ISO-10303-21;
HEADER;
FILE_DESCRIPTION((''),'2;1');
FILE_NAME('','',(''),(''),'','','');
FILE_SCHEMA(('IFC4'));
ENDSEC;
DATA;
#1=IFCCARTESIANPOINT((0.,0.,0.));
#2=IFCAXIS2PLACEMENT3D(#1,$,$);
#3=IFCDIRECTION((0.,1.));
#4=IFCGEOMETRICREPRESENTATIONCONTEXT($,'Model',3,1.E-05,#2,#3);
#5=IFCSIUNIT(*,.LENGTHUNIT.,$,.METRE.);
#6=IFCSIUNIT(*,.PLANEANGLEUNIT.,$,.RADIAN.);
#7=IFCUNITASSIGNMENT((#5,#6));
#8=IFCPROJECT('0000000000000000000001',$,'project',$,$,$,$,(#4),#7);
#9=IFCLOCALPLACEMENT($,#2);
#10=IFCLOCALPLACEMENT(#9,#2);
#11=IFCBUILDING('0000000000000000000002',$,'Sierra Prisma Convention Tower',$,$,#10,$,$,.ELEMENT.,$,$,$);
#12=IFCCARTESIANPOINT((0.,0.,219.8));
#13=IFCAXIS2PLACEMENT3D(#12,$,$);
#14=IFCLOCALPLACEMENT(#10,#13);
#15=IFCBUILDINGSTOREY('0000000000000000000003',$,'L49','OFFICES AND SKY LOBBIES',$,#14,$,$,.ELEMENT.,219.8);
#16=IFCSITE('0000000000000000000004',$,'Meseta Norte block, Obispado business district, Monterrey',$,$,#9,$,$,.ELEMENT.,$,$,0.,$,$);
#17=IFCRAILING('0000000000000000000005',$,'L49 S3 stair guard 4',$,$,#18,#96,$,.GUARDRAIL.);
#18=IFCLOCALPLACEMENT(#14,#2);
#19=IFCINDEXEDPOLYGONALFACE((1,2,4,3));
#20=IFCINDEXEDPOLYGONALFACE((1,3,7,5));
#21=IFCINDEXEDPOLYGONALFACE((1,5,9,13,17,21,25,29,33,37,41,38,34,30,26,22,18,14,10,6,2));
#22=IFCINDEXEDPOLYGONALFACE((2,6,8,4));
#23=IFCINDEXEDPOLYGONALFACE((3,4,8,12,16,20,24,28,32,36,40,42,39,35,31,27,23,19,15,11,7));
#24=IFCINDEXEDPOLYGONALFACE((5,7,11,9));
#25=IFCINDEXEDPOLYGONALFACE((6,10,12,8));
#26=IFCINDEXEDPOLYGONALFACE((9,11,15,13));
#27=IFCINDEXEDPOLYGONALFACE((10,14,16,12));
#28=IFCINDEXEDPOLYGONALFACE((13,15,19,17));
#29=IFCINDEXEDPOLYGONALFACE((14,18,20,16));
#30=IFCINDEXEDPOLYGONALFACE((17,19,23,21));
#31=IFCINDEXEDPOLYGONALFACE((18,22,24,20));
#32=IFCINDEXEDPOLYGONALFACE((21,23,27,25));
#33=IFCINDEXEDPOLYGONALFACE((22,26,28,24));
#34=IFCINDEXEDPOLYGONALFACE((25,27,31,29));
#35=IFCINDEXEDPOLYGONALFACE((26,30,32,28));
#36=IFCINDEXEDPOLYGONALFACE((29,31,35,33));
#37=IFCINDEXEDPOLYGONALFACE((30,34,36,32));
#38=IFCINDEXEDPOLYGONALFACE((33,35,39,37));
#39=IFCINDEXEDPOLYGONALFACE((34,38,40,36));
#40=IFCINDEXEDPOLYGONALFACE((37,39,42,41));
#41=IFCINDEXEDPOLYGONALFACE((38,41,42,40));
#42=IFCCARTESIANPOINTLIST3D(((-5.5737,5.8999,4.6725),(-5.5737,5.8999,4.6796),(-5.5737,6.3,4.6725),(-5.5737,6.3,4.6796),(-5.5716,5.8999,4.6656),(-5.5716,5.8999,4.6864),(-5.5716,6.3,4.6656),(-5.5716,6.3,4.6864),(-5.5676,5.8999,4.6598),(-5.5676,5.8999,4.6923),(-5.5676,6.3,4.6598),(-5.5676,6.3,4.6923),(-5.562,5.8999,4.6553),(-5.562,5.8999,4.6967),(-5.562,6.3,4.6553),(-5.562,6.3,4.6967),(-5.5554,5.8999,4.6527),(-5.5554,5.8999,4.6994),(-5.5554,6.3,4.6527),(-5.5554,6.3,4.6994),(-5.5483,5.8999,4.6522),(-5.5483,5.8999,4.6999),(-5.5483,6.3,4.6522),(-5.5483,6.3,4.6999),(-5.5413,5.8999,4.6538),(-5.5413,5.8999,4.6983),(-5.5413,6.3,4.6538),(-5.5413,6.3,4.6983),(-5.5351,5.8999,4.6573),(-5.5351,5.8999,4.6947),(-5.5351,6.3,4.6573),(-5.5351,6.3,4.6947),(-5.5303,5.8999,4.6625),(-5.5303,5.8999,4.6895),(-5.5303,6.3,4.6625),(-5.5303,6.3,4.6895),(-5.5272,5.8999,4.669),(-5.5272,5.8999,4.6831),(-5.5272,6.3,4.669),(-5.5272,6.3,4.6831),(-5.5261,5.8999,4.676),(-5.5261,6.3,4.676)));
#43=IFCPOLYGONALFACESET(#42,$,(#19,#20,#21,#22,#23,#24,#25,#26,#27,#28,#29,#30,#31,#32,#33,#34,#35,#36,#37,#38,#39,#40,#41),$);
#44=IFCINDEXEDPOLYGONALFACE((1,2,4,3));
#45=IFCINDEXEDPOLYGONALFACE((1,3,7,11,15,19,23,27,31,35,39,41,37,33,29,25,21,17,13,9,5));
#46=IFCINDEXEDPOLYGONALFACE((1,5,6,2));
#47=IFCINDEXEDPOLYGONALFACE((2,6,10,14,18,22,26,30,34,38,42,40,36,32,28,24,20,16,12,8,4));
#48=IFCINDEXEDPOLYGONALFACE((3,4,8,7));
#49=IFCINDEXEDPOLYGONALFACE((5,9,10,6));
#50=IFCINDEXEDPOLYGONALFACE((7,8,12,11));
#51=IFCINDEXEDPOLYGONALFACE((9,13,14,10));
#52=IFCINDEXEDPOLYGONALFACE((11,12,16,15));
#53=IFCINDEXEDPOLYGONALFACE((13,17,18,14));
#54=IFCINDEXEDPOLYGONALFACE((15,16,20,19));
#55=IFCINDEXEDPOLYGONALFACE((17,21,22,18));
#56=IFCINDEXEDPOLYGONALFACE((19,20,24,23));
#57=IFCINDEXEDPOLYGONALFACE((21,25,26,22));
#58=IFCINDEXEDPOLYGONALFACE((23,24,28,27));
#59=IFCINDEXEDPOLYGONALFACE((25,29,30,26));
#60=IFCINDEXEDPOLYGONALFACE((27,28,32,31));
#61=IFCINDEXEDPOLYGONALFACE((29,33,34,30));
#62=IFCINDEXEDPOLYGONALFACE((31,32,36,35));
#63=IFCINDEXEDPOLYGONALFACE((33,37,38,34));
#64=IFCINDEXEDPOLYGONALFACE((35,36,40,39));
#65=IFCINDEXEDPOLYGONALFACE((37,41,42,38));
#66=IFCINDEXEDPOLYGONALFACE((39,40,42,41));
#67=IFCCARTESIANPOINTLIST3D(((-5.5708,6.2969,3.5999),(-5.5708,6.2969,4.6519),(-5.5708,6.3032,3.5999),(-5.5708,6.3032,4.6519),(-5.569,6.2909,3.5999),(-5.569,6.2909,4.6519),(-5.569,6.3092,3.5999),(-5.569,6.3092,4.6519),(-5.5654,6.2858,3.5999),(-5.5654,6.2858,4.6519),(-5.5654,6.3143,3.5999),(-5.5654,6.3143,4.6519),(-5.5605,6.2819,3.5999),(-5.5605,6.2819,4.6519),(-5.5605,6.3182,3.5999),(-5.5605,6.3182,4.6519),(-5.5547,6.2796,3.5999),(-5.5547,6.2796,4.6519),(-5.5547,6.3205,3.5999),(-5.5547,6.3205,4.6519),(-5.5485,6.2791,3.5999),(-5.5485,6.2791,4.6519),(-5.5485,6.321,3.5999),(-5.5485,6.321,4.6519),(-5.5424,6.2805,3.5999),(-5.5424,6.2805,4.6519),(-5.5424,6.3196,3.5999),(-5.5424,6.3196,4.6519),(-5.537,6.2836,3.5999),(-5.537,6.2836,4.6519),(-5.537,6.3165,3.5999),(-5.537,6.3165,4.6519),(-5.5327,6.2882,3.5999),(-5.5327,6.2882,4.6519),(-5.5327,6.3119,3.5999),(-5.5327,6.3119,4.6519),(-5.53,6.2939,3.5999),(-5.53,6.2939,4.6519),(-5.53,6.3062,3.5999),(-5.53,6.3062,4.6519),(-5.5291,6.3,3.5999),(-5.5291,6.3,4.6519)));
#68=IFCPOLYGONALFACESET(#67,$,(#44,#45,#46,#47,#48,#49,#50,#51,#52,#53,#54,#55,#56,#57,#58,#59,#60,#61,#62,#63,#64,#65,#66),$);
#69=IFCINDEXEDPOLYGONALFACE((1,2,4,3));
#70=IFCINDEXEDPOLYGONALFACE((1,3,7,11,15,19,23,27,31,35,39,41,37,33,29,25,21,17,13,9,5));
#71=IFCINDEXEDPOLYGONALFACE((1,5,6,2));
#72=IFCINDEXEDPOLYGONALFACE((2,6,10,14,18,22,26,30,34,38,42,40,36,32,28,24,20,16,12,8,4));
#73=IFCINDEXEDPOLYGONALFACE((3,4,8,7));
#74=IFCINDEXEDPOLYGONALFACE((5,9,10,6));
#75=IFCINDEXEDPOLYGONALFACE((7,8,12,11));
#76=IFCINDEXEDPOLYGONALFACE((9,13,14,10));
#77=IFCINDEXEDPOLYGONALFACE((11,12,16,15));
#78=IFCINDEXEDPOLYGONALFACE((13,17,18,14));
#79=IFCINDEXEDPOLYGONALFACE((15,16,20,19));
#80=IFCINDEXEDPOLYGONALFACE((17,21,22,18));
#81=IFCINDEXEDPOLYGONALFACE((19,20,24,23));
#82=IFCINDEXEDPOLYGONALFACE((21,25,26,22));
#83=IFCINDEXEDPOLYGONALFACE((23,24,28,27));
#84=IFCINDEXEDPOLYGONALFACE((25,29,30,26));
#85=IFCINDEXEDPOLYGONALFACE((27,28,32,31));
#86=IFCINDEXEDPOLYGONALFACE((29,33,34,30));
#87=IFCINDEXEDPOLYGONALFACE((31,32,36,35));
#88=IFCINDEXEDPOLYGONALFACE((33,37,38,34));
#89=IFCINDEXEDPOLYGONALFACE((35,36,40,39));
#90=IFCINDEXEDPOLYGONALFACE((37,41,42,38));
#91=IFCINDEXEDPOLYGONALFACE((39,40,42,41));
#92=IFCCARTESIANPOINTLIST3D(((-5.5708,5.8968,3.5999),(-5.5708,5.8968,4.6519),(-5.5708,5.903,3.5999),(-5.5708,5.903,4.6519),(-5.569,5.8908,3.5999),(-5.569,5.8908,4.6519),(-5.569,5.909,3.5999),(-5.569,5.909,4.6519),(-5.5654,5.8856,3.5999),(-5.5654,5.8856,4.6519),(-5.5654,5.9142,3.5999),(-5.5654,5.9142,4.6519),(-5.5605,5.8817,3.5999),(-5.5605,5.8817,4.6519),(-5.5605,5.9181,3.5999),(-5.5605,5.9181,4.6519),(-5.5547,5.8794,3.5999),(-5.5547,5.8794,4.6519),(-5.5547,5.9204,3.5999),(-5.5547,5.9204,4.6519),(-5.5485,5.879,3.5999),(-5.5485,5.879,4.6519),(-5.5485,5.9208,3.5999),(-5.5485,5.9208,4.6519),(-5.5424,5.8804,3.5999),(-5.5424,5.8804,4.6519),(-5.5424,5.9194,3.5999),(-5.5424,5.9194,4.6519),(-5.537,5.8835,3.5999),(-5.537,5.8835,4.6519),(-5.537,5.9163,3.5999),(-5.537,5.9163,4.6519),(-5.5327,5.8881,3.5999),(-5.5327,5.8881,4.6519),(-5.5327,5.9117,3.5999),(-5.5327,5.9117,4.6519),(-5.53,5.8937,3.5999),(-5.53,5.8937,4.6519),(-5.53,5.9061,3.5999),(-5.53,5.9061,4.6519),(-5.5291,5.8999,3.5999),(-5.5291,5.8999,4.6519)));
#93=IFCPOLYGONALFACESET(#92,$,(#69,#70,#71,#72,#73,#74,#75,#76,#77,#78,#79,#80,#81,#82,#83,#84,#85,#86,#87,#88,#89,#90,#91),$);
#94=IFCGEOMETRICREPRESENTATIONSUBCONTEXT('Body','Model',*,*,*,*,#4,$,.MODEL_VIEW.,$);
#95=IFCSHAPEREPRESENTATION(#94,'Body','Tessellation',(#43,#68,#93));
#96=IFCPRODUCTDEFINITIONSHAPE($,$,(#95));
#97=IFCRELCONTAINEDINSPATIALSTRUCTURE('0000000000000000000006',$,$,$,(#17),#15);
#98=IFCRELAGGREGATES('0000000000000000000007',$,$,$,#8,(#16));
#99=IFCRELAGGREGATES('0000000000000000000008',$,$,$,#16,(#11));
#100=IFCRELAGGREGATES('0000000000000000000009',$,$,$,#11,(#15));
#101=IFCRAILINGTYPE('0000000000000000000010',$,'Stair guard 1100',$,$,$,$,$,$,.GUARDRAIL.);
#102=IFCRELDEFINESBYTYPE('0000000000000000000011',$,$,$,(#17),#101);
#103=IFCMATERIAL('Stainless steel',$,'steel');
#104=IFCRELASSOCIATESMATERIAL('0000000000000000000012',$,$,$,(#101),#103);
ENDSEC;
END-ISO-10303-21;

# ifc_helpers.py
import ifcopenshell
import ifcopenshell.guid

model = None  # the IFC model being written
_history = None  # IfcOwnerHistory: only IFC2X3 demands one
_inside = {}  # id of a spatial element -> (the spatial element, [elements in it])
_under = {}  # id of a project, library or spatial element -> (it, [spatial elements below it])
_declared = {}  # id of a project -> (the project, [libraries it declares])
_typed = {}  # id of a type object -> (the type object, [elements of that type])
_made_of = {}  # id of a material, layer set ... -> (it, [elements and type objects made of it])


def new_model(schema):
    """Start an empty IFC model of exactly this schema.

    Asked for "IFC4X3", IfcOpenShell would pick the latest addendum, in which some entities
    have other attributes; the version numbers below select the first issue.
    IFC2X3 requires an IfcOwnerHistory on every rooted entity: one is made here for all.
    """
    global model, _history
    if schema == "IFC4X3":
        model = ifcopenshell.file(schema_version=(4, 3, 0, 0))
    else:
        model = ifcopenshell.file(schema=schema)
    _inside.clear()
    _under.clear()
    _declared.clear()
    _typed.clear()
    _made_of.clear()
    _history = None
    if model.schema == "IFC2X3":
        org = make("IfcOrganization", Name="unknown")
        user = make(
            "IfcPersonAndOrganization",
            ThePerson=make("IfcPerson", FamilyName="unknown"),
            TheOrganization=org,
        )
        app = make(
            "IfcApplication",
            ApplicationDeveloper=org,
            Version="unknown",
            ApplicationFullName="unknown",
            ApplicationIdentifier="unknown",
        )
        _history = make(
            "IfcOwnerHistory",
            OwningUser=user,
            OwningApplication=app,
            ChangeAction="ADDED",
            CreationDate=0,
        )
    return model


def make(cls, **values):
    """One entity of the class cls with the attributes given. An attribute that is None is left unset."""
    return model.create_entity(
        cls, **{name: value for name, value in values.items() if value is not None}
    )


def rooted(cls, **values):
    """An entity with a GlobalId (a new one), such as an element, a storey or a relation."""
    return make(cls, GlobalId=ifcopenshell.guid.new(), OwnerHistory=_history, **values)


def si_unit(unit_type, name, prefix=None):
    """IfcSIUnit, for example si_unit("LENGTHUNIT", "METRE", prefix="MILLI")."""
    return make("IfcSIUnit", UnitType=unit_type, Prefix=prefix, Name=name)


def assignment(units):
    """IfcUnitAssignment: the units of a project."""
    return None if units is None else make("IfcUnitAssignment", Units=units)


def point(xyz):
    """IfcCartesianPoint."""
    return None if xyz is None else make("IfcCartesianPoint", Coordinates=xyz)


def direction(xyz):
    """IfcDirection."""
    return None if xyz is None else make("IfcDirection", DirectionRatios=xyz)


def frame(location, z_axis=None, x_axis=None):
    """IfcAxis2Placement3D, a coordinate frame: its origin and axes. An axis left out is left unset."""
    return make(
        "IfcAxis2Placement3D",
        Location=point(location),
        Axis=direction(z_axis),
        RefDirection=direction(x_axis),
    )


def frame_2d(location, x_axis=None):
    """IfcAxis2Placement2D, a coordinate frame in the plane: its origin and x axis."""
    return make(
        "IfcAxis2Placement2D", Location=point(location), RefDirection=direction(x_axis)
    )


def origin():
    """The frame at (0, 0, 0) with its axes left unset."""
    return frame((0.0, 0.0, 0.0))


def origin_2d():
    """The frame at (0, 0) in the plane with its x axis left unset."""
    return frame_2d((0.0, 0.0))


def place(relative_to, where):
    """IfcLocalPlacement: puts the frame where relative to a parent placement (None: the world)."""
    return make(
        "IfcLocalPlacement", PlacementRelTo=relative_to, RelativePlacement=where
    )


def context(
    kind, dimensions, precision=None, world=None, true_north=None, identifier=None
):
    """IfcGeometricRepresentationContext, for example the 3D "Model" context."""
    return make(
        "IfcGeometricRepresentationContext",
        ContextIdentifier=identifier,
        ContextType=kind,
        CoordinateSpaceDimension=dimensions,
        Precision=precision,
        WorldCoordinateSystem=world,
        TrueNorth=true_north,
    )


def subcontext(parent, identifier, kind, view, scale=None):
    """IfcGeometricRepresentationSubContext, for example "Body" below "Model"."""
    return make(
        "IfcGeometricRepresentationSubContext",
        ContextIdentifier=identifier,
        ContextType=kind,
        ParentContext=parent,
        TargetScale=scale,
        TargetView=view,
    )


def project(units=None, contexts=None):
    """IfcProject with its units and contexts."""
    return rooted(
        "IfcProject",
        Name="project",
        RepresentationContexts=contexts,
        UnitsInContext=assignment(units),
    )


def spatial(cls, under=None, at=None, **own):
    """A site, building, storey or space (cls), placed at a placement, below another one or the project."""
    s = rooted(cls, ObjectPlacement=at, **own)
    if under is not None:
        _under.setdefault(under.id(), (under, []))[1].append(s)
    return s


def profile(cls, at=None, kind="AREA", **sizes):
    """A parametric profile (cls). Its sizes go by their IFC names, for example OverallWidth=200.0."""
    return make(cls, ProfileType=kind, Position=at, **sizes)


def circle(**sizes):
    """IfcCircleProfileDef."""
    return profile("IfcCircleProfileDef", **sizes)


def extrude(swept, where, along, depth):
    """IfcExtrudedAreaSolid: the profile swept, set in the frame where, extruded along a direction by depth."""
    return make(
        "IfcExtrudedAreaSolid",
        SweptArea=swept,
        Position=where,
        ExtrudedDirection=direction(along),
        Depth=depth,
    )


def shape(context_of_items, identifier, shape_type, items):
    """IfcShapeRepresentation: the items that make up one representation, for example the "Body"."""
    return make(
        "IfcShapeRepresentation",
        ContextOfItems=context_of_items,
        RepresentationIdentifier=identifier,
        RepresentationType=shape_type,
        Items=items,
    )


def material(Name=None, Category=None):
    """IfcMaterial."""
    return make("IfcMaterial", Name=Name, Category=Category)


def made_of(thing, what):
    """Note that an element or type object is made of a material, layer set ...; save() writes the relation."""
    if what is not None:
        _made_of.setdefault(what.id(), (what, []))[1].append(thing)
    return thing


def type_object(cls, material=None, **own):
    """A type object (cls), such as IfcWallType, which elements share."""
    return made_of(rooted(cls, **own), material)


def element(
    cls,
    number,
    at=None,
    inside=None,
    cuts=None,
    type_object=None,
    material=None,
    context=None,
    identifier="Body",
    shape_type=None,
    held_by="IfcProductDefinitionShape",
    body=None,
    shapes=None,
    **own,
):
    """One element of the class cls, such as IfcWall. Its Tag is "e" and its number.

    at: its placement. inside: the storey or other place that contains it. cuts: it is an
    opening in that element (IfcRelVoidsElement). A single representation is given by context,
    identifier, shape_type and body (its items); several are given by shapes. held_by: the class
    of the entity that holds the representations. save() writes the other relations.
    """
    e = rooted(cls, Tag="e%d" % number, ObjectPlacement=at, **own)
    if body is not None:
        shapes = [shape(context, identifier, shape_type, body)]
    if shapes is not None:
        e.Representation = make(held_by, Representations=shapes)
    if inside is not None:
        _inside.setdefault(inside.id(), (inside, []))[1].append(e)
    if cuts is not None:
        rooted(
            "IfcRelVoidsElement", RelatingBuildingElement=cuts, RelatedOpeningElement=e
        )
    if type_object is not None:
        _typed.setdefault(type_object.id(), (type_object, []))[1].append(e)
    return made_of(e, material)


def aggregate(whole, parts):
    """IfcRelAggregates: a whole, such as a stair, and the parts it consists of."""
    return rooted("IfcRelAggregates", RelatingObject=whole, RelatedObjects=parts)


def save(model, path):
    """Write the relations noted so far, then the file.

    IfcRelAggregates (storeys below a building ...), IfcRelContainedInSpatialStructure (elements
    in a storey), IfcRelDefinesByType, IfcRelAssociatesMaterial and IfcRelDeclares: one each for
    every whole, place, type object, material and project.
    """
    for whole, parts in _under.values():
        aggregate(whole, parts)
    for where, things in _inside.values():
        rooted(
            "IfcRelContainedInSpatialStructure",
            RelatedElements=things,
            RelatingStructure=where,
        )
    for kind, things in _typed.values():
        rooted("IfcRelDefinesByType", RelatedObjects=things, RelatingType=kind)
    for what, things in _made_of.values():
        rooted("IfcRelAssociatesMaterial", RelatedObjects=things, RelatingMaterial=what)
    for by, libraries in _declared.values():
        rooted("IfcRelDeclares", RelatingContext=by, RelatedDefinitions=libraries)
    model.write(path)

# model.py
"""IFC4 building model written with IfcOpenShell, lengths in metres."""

from ifc_helpers import new_model, si_unit, direction, frame, origin, origin_2d, place, context, subcontext, project, spatial, circle, extrude, material, type_object, element, save


model = new_model("IFC4")

# Units and contexts
model_context = context("Model", 3, precision=1e-05, world=origin(), true_north=direction((0.0, 1.0)))
body_context = subcontext(model_context, "Body", "Model", "MODEL_VIEW")
ifc_project = project(units=[si_unit("LENGTHUNIT", "METRE"), si_unit("PLANEANGLEUNIT", "RADIAN")], contexts=[model_context])

# Site, building, storey
site_placement = place(None, origin())
site = spatial("IfcSite", under=ifc_project, at=site_placement, Name="Meseta Norte block, Obispado business district, Monterrey", CompositionType="ELEMENT", RefElevation=0.0)
building_placement = place(site_placement, origin())
building = spatial("IfcBuilding", under=site, at=building_placement, Name="Sierra Prisma Convention Tower", CompositionType="ELEMENT")
storey_placement = place(building_placement, frame((0.0, 0.0, 219.8)))
storey = spatial("IfcBuildingStorey", under=building, at=storey_placement, Name="L49", Description="OFFICES AND SKY LOBBIES", CompositionType="ELEMENT", Elevation=219.8)

# Railing
ifc_material_1 = material(Name="Stainless steel", Category="steel")
railing_type_1 = type_object("IfcRailingType", Name="Stair guard 1100", PredefinedType="GUARDRAIL", material=ifc_material_1)
railing_1_placement = place(storey_placement, frame((-5.55, 6.3, 3.5999)))
element("IfcRailing", 1, at=railing_1_placement, inside=storey, type_object=railing_type_1, Name="L49 S3 stair guard 4", PredefinedType="GUARDRAIL", context=body_context, shape_type="SweptSolid", body=[
    extrude(circle(Radius=0.0239, at=origin_2d()), frame((0.0, 0.0, 1.0762), z_axis=(0.0, -1.0, 0.0), x_axis=(1.0, 0.0, 0.0)), (0.0, 0.0, 1.0), 0.4001),
    extrude(circle(Radius=0.021, at=origin_2d()), origin(), (0.0, 0.0, 1.0), 1.052),
    extrude(circle(Radius=0.021, at=origin_2d()), frame((0.0, -0.4001, 0.0)), (0.0, 0.0, 1.0), 1.052),
])

save(model, "model.ifc")
